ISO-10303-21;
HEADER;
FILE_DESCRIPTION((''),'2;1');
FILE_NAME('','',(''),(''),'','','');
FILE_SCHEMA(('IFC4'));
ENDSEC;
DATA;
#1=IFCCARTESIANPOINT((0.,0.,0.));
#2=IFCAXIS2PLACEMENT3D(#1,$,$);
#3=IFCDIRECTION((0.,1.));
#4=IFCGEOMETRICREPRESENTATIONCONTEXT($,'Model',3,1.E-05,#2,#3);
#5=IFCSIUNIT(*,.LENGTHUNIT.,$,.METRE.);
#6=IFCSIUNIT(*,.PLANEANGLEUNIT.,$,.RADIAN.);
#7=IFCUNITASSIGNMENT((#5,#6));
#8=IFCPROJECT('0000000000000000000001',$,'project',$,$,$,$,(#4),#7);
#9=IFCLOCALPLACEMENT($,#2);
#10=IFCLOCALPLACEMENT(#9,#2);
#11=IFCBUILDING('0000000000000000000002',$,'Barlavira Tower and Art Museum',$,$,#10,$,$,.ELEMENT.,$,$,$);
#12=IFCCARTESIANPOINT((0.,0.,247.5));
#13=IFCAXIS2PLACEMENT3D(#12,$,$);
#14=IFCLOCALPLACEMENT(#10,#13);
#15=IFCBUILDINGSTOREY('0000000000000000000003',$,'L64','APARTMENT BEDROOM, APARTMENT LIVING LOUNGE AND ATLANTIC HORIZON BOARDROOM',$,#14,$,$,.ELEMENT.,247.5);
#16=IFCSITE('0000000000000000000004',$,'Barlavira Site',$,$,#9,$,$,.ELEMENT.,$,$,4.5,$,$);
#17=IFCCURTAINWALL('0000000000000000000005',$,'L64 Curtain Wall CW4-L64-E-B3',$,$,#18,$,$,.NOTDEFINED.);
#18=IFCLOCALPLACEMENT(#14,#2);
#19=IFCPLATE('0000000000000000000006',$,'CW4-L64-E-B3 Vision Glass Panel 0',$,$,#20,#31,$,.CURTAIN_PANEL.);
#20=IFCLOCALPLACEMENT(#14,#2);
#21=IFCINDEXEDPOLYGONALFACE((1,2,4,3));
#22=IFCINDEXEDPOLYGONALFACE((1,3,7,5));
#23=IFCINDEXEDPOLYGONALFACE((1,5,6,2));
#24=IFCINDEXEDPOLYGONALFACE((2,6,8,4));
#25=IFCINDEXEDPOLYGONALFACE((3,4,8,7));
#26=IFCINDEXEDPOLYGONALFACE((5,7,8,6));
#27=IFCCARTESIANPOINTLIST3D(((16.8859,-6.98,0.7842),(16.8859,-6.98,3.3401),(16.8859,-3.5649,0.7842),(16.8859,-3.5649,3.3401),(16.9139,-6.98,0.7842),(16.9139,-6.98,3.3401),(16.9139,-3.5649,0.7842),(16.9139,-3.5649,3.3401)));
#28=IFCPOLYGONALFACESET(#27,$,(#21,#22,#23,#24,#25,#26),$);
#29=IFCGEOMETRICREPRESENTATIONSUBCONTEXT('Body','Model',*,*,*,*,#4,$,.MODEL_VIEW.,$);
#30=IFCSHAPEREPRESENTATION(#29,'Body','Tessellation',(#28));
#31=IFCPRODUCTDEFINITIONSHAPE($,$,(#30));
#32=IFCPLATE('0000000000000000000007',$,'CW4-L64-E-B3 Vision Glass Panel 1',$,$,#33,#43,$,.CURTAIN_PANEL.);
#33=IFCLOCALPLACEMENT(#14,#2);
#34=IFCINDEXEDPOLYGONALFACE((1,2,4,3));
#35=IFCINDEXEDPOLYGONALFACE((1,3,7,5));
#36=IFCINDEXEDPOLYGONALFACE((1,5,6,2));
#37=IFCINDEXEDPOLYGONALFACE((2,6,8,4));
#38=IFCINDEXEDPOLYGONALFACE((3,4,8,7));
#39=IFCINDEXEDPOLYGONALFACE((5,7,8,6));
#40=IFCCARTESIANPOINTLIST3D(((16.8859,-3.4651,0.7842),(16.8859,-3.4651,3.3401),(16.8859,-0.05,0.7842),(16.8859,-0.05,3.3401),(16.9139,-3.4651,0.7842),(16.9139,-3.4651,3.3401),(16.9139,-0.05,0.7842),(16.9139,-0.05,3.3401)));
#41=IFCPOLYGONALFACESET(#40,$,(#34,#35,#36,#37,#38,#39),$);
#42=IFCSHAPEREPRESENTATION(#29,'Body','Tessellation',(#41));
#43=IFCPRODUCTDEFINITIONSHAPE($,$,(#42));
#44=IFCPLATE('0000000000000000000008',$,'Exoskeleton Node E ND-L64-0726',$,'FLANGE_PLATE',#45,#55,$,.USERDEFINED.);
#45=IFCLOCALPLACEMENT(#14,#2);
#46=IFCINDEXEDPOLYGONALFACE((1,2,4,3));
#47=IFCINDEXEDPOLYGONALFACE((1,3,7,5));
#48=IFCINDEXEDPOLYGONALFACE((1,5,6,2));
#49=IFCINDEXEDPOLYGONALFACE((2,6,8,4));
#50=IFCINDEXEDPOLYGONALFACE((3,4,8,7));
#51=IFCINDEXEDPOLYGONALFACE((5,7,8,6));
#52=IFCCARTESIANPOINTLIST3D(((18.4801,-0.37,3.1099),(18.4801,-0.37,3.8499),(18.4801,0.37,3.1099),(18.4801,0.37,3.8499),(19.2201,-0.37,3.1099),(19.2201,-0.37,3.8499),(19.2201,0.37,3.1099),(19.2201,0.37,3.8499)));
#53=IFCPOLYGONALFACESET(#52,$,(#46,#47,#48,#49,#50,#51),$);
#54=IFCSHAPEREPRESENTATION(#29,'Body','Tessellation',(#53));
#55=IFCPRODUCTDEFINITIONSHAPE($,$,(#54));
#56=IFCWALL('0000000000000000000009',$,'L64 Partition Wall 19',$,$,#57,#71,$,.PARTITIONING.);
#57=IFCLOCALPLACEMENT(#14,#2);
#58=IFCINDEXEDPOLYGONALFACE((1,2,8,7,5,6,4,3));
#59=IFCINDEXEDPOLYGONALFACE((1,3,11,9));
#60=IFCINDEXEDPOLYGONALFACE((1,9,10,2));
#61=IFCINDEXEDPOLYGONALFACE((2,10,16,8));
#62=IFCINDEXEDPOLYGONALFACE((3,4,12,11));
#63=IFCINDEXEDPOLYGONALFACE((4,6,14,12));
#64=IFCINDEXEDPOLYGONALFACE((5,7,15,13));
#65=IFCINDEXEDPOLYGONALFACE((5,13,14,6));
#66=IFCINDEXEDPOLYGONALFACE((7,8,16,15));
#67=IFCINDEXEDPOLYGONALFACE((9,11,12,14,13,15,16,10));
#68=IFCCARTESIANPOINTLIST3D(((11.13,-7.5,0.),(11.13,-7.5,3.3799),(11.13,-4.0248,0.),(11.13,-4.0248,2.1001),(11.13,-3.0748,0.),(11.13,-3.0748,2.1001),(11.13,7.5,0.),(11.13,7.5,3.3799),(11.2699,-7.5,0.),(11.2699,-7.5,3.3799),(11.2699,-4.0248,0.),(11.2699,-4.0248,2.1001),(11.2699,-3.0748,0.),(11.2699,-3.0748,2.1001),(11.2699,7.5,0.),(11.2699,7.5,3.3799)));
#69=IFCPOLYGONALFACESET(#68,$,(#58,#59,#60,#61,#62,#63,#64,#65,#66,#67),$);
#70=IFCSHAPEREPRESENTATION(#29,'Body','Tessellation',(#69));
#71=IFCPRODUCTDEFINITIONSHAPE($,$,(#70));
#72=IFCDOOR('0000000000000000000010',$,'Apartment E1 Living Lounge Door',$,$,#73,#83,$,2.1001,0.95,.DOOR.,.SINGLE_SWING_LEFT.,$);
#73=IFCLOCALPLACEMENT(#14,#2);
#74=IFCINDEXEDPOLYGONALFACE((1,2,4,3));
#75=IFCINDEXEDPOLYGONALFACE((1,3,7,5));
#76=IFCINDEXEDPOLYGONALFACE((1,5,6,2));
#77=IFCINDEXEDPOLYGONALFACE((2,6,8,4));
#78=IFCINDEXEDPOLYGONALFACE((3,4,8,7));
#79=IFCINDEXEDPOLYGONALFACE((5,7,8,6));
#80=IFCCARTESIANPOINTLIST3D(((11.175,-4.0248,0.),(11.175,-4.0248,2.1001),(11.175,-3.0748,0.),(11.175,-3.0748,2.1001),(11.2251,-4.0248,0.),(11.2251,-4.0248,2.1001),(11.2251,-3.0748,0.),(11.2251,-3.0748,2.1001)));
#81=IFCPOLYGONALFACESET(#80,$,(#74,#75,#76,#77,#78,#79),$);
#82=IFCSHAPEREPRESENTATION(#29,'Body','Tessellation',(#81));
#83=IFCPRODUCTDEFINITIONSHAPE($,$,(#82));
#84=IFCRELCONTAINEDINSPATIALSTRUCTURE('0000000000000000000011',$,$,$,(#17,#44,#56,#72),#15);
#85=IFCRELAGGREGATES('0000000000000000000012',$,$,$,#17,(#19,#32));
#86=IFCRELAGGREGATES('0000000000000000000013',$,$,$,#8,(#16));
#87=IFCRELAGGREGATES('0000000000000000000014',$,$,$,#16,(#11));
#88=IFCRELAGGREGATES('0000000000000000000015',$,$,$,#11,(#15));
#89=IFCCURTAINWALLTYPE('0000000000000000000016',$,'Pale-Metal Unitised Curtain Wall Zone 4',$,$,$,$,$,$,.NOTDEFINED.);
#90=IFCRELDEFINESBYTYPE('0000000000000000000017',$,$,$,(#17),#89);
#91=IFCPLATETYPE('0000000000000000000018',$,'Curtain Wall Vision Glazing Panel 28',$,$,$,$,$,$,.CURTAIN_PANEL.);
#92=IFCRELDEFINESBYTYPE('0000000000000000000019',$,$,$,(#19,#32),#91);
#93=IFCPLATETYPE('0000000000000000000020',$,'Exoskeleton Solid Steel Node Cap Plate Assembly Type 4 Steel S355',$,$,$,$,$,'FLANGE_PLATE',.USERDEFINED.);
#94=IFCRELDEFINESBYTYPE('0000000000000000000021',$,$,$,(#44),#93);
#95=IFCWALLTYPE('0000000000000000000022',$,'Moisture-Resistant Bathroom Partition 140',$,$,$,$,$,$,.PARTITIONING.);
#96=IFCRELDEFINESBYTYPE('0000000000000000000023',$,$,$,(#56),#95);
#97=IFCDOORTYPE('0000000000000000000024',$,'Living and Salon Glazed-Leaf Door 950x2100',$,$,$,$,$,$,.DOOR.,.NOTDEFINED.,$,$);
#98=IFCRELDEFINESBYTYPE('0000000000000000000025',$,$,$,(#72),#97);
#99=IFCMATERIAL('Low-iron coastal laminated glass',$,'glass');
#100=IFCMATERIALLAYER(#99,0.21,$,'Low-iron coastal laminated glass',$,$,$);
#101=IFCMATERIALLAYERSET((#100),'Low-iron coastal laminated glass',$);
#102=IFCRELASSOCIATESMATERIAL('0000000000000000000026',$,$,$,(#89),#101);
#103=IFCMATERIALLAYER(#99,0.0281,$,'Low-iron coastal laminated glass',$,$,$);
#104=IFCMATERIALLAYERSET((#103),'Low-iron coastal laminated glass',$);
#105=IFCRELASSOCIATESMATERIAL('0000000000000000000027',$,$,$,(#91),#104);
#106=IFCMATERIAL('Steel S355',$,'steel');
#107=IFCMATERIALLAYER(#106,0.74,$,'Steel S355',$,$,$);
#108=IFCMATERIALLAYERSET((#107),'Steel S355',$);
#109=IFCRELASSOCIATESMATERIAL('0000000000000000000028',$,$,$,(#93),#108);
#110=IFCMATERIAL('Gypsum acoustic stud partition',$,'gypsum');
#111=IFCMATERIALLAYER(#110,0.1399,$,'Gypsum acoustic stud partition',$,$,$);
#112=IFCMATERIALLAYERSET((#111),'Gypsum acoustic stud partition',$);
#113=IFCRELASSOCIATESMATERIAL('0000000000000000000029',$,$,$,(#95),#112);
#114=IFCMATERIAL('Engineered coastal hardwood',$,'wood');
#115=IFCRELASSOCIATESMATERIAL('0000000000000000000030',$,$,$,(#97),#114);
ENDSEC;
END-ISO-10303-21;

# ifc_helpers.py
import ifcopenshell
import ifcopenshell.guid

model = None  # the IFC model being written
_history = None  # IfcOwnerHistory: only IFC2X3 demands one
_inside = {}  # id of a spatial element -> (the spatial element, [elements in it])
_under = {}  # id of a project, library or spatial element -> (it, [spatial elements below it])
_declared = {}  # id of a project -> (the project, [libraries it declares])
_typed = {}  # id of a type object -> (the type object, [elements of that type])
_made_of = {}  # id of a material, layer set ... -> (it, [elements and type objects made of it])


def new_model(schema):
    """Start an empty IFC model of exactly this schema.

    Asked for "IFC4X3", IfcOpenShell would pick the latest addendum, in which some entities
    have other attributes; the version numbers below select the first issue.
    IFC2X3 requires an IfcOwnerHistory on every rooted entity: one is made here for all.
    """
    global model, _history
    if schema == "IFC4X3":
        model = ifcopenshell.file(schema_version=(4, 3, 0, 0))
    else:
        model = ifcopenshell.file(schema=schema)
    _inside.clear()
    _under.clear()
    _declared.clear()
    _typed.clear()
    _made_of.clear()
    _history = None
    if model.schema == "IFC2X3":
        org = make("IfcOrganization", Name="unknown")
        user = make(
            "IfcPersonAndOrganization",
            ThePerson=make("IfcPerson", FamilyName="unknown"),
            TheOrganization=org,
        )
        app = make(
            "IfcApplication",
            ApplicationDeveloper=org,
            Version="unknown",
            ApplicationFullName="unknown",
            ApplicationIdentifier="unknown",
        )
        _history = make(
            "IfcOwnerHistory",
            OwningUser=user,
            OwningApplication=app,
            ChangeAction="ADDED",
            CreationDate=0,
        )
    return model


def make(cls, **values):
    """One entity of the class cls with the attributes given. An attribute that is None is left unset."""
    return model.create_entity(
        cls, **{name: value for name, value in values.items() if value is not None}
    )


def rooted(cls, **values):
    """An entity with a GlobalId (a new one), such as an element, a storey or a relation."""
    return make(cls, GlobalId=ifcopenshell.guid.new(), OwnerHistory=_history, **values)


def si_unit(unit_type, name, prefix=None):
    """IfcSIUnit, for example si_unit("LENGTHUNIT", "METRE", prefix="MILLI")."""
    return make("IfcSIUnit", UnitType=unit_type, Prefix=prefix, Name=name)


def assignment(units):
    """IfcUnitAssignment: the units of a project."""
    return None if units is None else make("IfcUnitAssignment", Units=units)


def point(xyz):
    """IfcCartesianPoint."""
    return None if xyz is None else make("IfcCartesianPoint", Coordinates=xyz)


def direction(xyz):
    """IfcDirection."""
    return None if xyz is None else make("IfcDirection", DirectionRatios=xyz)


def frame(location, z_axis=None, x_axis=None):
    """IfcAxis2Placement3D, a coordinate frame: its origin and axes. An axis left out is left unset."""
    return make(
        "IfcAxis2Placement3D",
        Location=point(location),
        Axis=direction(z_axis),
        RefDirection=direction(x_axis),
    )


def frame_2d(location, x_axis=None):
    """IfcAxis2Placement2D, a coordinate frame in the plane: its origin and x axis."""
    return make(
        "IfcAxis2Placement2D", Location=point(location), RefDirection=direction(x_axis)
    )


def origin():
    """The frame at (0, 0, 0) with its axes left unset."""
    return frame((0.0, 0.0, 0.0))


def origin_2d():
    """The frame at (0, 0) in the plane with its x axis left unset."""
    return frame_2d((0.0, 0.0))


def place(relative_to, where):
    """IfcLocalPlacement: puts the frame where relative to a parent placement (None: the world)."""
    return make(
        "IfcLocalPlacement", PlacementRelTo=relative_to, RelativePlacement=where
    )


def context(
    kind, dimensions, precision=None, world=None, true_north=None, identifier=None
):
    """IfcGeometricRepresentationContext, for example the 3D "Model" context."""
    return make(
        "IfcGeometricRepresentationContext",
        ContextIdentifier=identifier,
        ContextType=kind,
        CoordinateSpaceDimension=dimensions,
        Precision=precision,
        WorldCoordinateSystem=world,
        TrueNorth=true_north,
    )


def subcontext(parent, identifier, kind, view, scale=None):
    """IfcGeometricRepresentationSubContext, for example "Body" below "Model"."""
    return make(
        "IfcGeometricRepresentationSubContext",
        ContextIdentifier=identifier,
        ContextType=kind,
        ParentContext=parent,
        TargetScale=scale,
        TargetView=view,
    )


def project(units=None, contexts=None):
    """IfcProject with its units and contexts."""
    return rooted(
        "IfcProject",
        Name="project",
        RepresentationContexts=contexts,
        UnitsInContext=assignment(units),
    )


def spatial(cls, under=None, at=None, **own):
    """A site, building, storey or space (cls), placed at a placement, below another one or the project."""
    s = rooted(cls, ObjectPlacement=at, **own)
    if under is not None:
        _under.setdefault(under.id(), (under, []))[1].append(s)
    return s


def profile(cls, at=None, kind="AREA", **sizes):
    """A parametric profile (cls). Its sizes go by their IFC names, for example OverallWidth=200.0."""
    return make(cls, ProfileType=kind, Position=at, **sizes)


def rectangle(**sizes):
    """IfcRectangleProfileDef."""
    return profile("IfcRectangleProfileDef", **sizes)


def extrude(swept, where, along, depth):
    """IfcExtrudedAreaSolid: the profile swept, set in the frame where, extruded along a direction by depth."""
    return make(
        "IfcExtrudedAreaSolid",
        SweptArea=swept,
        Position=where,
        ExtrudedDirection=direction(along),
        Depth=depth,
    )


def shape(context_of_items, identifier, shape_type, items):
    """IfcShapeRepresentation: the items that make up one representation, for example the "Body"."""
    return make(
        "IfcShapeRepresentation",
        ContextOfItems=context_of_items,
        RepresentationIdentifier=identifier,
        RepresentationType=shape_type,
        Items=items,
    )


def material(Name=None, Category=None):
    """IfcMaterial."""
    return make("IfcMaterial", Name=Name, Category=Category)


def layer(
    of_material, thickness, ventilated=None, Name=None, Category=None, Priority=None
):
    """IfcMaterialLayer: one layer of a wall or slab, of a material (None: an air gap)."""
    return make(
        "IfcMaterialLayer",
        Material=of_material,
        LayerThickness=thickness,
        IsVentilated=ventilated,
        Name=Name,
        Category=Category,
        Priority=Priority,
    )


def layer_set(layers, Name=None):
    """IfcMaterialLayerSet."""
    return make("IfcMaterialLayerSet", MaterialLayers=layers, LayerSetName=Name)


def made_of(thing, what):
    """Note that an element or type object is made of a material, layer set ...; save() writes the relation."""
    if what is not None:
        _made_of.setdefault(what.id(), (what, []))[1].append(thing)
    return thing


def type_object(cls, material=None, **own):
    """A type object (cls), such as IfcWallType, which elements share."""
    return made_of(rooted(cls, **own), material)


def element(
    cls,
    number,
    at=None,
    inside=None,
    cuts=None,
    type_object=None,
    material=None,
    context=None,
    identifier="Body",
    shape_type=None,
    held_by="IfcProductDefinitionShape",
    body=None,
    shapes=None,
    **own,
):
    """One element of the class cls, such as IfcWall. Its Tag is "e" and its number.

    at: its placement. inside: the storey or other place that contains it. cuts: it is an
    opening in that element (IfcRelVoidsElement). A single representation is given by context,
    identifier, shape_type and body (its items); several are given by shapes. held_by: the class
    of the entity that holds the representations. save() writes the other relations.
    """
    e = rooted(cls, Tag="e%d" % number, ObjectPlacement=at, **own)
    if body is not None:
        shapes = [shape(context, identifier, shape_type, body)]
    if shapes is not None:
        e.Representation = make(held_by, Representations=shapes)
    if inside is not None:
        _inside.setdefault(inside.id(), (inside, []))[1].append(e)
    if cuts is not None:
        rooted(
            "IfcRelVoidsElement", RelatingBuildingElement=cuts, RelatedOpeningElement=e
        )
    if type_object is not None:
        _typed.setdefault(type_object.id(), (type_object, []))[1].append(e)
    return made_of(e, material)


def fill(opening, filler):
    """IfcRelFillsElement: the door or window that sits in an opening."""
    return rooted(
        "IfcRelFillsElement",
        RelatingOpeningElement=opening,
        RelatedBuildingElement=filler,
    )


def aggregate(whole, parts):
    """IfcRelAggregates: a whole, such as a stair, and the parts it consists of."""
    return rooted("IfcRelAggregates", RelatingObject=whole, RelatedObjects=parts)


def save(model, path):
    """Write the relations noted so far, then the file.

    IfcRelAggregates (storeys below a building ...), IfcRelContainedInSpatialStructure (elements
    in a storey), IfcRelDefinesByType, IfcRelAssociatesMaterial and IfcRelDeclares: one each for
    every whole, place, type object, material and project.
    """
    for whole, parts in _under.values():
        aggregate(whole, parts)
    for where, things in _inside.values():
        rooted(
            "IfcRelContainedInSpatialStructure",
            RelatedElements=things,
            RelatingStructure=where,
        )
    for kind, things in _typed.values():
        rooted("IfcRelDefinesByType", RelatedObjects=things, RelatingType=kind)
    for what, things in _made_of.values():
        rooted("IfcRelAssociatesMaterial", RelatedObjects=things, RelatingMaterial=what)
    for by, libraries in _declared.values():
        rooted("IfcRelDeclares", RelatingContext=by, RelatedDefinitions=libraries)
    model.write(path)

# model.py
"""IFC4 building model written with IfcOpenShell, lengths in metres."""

from ifc_helpers import new_model, si_unit, direction, frame, frame_2d, origin, origin_2d, place, context, subcontext, project, spatial, rectangle, extrude, material, layer, layer_set, type_object, element, fill, aggregate, save


model = new_model("IFC4")

# Units and contexts
model_context = context("Model", 3, precision=1e-05, world=origin(), true_north=direction((0.0, 1.0)))
body_context = subcontext(model_context, "Body", "Model", "MODEL_VIEW")
ifc_project = project(units=[si_unit("LENGTHUNIT", "METRE"), si_unit("PLANEANGLEUNIT", "RADIAN")], contexts=[model_context])

# Site, building, storey
site_placement = place(None, origin())
site = spatial("IfcSite", under=ifc_project, at=site_placement, Name="Barlavira Site", CompositionType="ELEMENT", RefElevation=4.5)
building_placement = place(site_placement, origin())
building = spatial("IfcBuilding", under=site, at=building_placement, Name="Barlavira Tower and Art Museum", CompositionType="ELEMENT")
storey_placement = place(building_placement, frame((0.0, 0.0, 247.5)))
storey = spatial("IfcBuildingStorey", under=building, at=storey_placement, Name="L64", Description="APARTMENT BEDROOM, APARTMENT LIVING LOUNGE AND ATLANTIC HORIZON BOARDROOM", CompositionType="ELEMENT", Elevation=247.5)

# Curtain wall
ifc_material_1 = material(Name="Low-iron coastal laminated glass", Category="glass")
ifc_layer_1 = layer(ifc_material_1, 0.21, Name="Low-iron coastal laminated glass")
ifc_layer_set_1 = layer_set([ifc_layer_1], Name="Low-iron coastal laminated glass")
curtain_wall_type = type_object("IfcCurtainWallType", Name="Pale-Metal Unitised Curtain Wall Zone 4", PredefinedType="NOTDEFINED", material=ifc_layer_set_1)
curtain_wall_placement = place(storey_placement, origin())
curtain_wall = element("IfcCurtainWall", 1, at=curtain_wall_placement, inside=storey, type_object=curtain_wall_type, Name="L64 Curtain Wall CW4-L64-E-B3", PredefinedType="NOTDEFINED")

# Shared definitions
ifc_material_2 = material(Name="Steel S355", Category="steel")

# Plates
ifc_layer_2 = layer(ifc_material_1, 0.0281, Name="Low-iron coastal laminated glass")
ifc_layer_set_2 = layer_set([ifc_layer_2], Name="Low-iron coastal laminated glass")
plate_type_1 = type_object("IfcPlateType", Name="Curtain Wall Vision Glazing Panel 28", PredefinedType="CURTAIN_PANEL", material=ifc_layer_set_2)
plate_1_placement = place(storey_placement, frame((16.8999, -5.2725, 0.7842), z_axis=(0.0, 0.0, 1.0), x_axis=(0.0, 1.0, 0.0)))
plate_1 = element("IfcPlate", 2, at=plate_1_placement, type_object=plate_type_1, Name="CW4-L64-E-B3 Vision Glass Panel 0", PredefinedType="CURTAIN_PANEL", context=body_context, shape_type="SweptSolid", body=[
    extrude(rectangle(XDim=3.415, YDim=0.0281, at=origin_2d()), origin(), (0.0, 0.0, 1.0), 2.5559),
])
plate_2_placement = place(storey_placement, frame((16.8999, -1.7576, 0.7842), z_axis=(0.0, 0.0, 1.0), x_axis=(0.0, 1.0, 0.0)))
plate_2 = element("IfcPlate", 3, at=plate_2_placement, type_object=plate_type_1, Name="CW4-L64-E-B3 Vision Glass Panel 1", PredefinedType="CURTAIN_PANEL", context=body_context, shape_type="SweptSolid", body=[
    extrude(rectangle(XDim=3.415, YDim=0.0281, at=origin_2d()), origin(), (0.0, 0.0, 1.0), 2.5559),
])
aggregate(curtain_wall, [plate_1, plate_2])
ifc_layer_3 = layer(ifc_material_2, 0.74, Name="Steel S355")
ifc_layer_set_3 = layer_set([ifc_layer_3], Name="Steel S355")
plate_type_2 = type_object("IfcPlateType", Name="Exoskeleton Solid Steel Node Cap Plate Assembly Type 4 Steel S355", ElementType="FLANGE_PLATE", PredefinedType="USERDEFINED", material=ifc_layer_set_3)
plate_3_placement = place(storey_placement, frame((18.8501, 0.0, 3.1099), z_axis=(0.0, 0.0, 1.0), x_axis=(1.0, 0.0, 0.0)))
element("IfcPlate", 4, at=plate_3_placement, inside=storey, type_object=plate_type_2, Name="Exoskeleton Node E ND-L64-0726", ObjectType="FLANGE_PLATE", PredefinedType="USERDEFINED", context=body_context, shape_type="SweptSolid", body=[
    extrude(rectangle(XDim=0.74, YDim=0.74, at=origin_2d()), origin(), (0.0, 0.0, 1.0), 0.74),
])

# Shared definitions
ifc_material_3 = material(Name="Gypsum acoustic stud partition", Category="gypsum")

# Wall, opening, door
ifc_layer_4 = layer(ifc_material_3, 0.1399, Name="Gypsum acoustic stud partition")
ifc_layer_set_4 = layer_set([ifc_layer_4], Name="Gypsum acoustic stud partition")
wall_type_1 = type_object("IfcWallType", Name="Moisture-Resistant Bathroom Partition 140", PredefinedType="PARTITIONING", material=ifc_layer_set_4)
wall_1_placement = place(storey_placement, frame((11.2, -7.5, 0.0), z_axis=(0.0, 0.0, 1.0), x_axis=(0.0, 1.0, 0.0)))
wall_1 = element("IfcWall", 5, at=wall_1_placement, inside=storey, type_object=wall_type_1, Name="L64 Partition Wall 19", PredefinedType="PARTITIONING", context=body_context, shape_type="SweptSolid", body=[
    extrude(rectangle(XDim=15.0, YDim=0.1399, at=frame_2d((7.5, 0.0))), origin(), (0.0, 0.0, 1.0), 3.3799),
])
opening_placement = place(wall_1_placement, frame((3.4751, 0.0, 0.0)))
opening = element("IfcOpeningElement", 6, at=opening_placement, cuts=wall_1, PredefinedType="OPENING", context=body_context, shape_type="SweptSolid", body=[
    extrude(rectangle(XDim=0.95, YDim=2.1001, at=frame_2d((0.4751, 1.05))), frame((0.0, 0.0801, 0.0), z_axis=(0.0, -1.0, 0.0), x_axis=(1.0, 0.0, 0.0)), (0.0, 0.0, 1.0), 0.1599),
])
ifc_material_4 = material(Name="Engineered coastal hardwood", Category="wood")
door_type = type_object("IfcDoorType", Name="Living and Salon Glazed-Leaf Door 950x2100", OperationType="NOTDEFINED", PredefinedType="DOOR", material=ifc_material_4)
door_placement = place(opening_placement, origin())
door = element("IfcDoor", 7, at=door_placement, inside=storey, type_object=door_type, Name="Apartment E1 Living Lounge Door", OperationType="SINGLE_SWING_LEFT", OverallHeight=2.1001, OverallWidth=0.95, PredefinedType="DOOR", context=body_context, shape_type="SweptSolid", body=[
    extrude(rectangle(XDim=0.95, YDim=2.1001, at=frame_2d((0.4751, 1.05))), frame((0.0, 0.0249, 0.0), z_axis=(0.0, -1.0, 0.0), x_axis=(1.0, 0.0, 0.0)), (0.0, 0.0, 1.0), 0.05),
])
fill(opening, door)

save(model, "model.ifc")
